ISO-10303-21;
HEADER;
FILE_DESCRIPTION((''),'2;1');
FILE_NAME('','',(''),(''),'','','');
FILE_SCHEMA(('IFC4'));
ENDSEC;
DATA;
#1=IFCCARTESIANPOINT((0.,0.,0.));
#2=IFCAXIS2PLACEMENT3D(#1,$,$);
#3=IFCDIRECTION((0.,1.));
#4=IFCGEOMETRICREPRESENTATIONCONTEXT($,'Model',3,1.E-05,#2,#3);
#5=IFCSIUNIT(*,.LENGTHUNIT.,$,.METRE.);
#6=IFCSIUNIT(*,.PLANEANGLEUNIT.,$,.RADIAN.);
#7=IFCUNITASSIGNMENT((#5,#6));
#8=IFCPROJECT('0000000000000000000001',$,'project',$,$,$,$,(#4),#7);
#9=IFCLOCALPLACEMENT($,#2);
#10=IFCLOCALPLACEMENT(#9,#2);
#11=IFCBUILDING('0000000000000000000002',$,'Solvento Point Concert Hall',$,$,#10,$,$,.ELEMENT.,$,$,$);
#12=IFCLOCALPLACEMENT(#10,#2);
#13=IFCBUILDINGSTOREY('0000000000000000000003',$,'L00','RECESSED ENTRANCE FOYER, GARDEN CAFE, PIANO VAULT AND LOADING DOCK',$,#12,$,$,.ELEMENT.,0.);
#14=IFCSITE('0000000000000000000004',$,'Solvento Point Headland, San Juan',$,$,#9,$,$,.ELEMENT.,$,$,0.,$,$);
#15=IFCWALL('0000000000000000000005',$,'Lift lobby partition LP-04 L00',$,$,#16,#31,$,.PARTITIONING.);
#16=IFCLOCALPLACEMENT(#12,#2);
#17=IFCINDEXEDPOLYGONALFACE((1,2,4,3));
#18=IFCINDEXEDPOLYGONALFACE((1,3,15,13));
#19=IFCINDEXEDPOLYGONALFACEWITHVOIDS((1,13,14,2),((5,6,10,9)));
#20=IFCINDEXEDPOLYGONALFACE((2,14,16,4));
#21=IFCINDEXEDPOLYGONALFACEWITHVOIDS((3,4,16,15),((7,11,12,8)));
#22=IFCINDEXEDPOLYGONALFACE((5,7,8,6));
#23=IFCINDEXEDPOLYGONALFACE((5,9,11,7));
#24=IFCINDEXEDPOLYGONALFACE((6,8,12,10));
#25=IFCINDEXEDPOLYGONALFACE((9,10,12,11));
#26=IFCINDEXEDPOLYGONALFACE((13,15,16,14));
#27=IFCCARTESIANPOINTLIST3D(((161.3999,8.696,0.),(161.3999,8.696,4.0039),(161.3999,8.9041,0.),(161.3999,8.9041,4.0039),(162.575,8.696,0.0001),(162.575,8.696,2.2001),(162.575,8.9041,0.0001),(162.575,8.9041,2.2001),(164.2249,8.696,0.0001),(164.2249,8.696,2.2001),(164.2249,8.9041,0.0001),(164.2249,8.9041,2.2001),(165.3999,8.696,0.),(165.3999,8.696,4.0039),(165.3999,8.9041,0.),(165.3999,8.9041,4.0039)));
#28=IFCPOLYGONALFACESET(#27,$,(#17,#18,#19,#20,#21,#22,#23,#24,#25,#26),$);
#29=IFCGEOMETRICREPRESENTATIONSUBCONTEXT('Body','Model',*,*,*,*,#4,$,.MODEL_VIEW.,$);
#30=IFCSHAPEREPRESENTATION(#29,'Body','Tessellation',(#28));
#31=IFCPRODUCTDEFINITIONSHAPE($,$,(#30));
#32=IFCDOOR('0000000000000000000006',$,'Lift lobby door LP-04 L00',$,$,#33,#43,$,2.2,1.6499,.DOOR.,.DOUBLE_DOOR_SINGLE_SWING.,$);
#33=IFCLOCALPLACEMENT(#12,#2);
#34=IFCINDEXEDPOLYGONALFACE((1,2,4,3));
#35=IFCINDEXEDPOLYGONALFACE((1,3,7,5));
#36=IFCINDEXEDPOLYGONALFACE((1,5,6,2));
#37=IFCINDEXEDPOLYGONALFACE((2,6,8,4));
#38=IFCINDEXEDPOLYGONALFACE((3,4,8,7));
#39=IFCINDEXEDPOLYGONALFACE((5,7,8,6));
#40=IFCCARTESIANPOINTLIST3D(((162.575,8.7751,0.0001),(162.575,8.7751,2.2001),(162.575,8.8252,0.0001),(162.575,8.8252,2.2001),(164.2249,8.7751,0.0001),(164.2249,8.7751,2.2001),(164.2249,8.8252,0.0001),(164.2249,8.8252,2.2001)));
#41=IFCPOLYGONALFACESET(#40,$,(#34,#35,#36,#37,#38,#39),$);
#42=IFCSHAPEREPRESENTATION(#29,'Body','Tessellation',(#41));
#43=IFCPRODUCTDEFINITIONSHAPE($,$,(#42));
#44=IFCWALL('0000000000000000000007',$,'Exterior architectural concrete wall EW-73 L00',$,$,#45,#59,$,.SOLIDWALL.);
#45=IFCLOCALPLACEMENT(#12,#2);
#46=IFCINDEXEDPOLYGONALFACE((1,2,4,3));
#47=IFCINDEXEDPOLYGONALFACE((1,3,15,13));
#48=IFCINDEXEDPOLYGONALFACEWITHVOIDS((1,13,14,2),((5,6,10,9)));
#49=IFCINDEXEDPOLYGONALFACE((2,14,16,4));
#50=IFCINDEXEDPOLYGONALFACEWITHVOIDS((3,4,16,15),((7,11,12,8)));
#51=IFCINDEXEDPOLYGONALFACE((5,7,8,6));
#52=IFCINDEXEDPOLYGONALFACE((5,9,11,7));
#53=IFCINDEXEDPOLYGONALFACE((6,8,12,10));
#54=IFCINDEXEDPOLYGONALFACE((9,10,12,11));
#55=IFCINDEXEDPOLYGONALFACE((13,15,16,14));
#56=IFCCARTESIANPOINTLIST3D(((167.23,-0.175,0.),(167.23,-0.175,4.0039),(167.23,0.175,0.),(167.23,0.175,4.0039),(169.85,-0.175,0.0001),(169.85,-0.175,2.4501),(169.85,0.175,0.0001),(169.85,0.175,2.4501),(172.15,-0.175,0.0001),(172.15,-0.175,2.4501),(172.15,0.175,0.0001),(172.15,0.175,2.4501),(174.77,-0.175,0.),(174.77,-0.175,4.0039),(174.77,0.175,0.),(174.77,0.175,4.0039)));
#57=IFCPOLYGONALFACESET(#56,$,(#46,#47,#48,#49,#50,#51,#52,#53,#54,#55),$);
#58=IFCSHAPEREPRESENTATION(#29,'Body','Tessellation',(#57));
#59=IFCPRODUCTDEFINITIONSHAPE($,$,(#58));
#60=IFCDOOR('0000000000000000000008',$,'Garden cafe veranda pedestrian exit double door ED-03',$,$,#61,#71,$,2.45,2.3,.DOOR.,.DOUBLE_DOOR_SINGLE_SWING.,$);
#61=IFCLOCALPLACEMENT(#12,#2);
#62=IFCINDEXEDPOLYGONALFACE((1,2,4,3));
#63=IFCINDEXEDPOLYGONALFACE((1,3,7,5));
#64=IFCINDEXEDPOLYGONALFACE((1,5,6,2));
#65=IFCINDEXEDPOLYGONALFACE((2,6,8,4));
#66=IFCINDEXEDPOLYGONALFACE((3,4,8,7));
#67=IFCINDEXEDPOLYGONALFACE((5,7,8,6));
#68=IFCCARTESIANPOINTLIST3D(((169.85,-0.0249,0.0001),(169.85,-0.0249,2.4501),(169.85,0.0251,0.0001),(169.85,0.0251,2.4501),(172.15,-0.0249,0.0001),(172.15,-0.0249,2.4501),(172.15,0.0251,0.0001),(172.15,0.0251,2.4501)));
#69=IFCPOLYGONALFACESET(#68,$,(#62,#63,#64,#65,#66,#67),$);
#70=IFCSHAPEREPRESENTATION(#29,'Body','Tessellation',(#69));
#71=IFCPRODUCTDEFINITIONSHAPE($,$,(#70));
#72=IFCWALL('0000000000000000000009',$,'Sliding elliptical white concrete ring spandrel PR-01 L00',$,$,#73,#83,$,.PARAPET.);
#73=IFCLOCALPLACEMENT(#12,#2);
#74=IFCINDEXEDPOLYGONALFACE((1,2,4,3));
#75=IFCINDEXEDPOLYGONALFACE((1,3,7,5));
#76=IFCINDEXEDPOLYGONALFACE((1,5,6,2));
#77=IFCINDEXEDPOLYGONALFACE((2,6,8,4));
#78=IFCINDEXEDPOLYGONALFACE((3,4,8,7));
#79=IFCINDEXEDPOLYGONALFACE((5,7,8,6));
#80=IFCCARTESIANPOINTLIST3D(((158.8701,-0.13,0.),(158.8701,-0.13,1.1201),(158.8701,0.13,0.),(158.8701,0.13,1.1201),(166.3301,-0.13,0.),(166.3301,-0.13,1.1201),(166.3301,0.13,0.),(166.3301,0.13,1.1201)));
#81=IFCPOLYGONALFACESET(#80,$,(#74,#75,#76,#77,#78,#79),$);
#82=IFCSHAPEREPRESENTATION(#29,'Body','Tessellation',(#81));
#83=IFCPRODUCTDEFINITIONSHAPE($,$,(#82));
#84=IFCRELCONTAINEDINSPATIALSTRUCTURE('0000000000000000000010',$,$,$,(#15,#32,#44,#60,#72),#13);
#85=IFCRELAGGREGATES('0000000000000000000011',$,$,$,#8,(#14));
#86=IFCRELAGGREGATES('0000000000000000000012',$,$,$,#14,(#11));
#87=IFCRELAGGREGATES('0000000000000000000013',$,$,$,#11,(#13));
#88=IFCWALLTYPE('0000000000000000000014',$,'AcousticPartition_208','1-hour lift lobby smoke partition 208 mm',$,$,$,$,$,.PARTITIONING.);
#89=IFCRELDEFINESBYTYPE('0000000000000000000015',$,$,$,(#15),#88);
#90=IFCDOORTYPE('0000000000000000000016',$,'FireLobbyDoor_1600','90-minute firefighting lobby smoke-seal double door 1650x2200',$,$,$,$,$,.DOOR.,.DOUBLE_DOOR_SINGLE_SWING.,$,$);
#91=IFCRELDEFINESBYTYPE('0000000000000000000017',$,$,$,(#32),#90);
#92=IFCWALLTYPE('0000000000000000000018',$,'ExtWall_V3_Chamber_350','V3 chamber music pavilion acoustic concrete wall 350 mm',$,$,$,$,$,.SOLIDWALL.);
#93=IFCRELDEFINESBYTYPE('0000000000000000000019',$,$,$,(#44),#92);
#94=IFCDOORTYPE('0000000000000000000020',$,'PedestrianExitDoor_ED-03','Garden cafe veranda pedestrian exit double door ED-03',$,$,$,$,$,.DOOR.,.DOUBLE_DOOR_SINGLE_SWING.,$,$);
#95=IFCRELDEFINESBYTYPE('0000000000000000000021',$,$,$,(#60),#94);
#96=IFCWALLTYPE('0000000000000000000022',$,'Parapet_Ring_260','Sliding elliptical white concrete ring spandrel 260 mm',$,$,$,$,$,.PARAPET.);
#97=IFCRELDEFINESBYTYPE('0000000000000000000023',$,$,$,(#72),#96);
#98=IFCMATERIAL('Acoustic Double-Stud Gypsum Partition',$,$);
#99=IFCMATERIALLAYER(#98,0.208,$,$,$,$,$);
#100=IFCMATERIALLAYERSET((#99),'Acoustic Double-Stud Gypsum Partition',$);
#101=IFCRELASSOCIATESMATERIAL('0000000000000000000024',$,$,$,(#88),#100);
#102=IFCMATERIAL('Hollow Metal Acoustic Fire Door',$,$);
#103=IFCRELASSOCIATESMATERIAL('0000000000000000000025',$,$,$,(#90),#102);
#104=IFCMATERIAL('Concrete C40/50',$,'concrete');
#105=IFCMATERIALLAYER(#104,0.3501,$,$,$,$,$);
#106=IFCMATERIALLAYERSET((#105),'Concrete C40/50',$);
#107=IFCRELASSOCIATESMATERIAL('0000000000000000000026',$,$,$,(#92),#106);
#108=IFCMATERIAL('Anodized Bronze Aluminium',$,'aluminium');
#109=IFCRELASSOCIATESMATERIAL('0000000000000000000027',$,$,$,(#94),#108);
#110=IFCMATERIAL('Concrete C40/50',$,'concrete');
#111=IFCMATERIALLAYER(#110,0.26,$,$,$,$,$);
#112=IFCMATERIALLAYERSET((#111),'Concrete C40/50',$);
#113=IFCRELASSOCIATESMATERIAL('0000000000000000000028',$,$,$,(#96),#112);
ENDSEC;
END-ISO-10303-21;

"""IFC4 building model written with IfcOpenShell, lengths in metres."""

from ifc_helpers import new_model, si_unit, direction, frame, frame_2d, origin, place, context, subcontext, project, spatial, rectangle, extrude, material, layer, layer_set, type_object, element, fill, save


model = new_model("IFC4")

# Units and contexts
model_context = context("Model", 3, precision=1e-05, world=origin(), true_north=direction((0.0, 1.0)))
body_context = subcontext(model_context, "Body", "Model", "MODEL_VIEW")
ifc_project = project(units=[si_unit("LENGTHUNIT", "METRE"), si_unit("PLANEANGLEUNIT", "RADIAN")], contexts=[model_context])

# Site, building, storey
site_placement = place(None, origin())
site = spatial("IfcSite", under=ifc_project, at=site_placement, Name="Solvento Point Headland, San Juan", CompositionType="ELEMENT", RefElevation=0.0)
building_placement = place(site_placement, origin())
building = spatial("IfcBuilding", under=site, at=building_placement, Name="Solvento Point Concert Hall", CompositionType="ELEMENT")
storey_placement = place(building_placement, origin())
storey = spatial("IfcBuildingStorey", under=building, at=storey_placement, Name="L00", Description="RECESSED ENTRANCE FOYER, GARDEN CAFE, PIANO VAULT AND LOADING DOCK", CompositionType="ELEMENT", Elevation=0.0)

# Walls, openings, doors
ifc_material_1 = material(Name="Acoustic Double-Stud Gypsum Partition")
ifc_layer_1 = layer(ifc_material_1, 0.208)
ifc_layer_set_1 = layer_set([ifc_layer_1], Name="Acoustic Double-Stud Gypsum Partition")
wall_type_1 = type_object("IfcWallType", Name="AcousticPartition_208", Description="1-hour lift lobby smoke partition 208 mm", PredefinedType="PARTITIONING", material=ifc_layer_set_1)
wall_1_placement = place(storey_placement, frame((165.3999, 8.8, 0.0), z_axis=(0.0, 0.0, 1.0), x_axis=(-1.0, 0.0, 0.0)))
wall_1 = element("IfcWall", 1, at=wall_1_placement, inside=storey, type_object=wall_type_1, Name="Lift lobby partition LP-04 L00", PredefinedType="PARTITIONING", context=body_context, shape_type="SweptSolid", body=[
    extrude(rectangle(XDim=4.0, YDim=0.208, at=frame_2d((2.0, 0.0))), origin(), (0.0, 0.0, 1.0), 4.0039),
])
opening_1_placement = place(wall_1_placement, frame((1.175, 0.0, 0.0)))
opening_1 = element("IfcOpeningElement", 2, at=opening_1_placement, cuts=wall_1, PredefinedType="OPENING", context=body_context, shape_type="SweptSolid", body=[
    extrude(rectangle(XDim=1.6499, YDim=2.2, at=frame_2d((0.825, 1.1001))), frame((0.0, 0.114, 0.0), z_axis=(0.0, -1.0, 0.0), x_axis=(1.0, 0.0, 0.0)), (0.0, 0.0, 1.0), 0.228),
])
ifc_material_2 = material(Name="Hollow Metal Acoustic Fire Door")
door_type_1 = type_object("IfcDoorType", Name="FireLobbyDoor_1600", Description="90-minute firefighting lobby smoke-seal double door 1650x2200", OperationType="DOUBLE_DOOR_SINGLE_SWING", PredefinedType="DOOR", material=ifc_material_2)
door_1_placement = place(opening_1_placement, origin())
door_1 = element("IfcDoor", 3, at=door_1_placement, inside=storey, type_object=door_type_1, Name="Lift lobby door LP-04 L00", OperationType="DOUBLE_DOOR_SINGLE_SWING", OverallHeight=2.2, OverallWidth=1.6499, PredefinedType="DOOR", context=body_context, shape_type="SweptSolid", body=[
    extrude(rectangle(XDim=1.6499, YDim=2.2, at=frame_2d((0.825, 1.1001))), frame((0.0, 0.0249, 0.0), z_axis=(0.0, -1.0, 0.0), x_axis=(1.0, 0.0, 0.0)), (0.0, 0.0, 1.0), 0.05),
])
fill(opening_1, door_1)
ifc_material_3 = material(Name="Concrete C40/50", Category="concrete")
ifc_layer_2 = layer(ifc_material_3, 0.3501)
ifc_layer_set_2 = layer_set([ifc_layer_2], Name="Concrete C40/50")
wall_type_2 = type_object("IfcWallType", Name="ExtWall_V3_Chamber_350", Description="V3 chamber music pavilion acoustic concrete wall 350 mm", PredefinedType="SOLIDWALL", material=ifc_layer_set_2)
wall_2_placement = place(storey_placement, frame((174.77, 0.0, 0.0), z_axis=(0.0, 0.0, 1.0), x_axis=(-1.0, 0.0, 0.0)))
wall_2 = element("IfcWall", 4, at=wall_2_placement, inside=storey, type_object=wall_type_2, Name="Exterior architectural concrete wall EW-73 L00", PredefinedType="SOLIDWALL", context=body_context, shape_type="SweptSolid", body=[
    extrude(rectangle(XDim=7.54, YDim=0.3501, at=frame_2d((3.77, 0.0))), origin(), (0.0, 0.0, 1.0), 4.0039),
])
opening_2_placement = place(wall_2_placement, frame((2.6201, 0.0, 0.0)))
opening_2 = element("IfcOpeningElement", 5, at=opening_2_placement, cuts=wall_2, PredefinedType="OPENING", context=body_context, shape_type="SweptSolid", body=[
    extrude(rectangle(XDim=2.3, YDim=2.45, at=frame_2d((1.1499, 1.2251))), frame((0.0, 0.1851, 0.0), z_axis=(0.0, -1.0, 0.0), x_axis=(1.0, 0.0, 0.0)), (0.0, 0.0, 1.0), 0.3701),
])
ifc_material_4 = material(Name="Anodized Bronze Aluminium", Category="aluminium")
door_type_2 = type_object("IfcDoorType", Name="PedestrianExitDoor_ED-03", Description="Garden cafe veranda pedestrian exit double door ED-03", OperationType="DOUBLE_DOOR_SINGLE_SWING", PredefinedType="DOOR", material=ifc_material_4)
door_2_placement = place(opening_2_placement, origin())
door_2 = element("IfcDoor", 6, at=door_2_placement, inside=storey, type_object=door_type_2, Name="Garden cafe veranda pedestrian exit double door ED-03", OperationType="DOUBLE_DOOR_SINGLE_SWING", OverallHeight=2.45, OverallWidth=2.3, PredefinedType="DOOR", context=body_context, shape_type="SweptSolid", body=[
    extrude(rectangle(XDim=2.3, YDim=2.45, at=frame_2d((1.1499, 1.2251))), frame((0.0, 0.0249, 0.0), z_axis=(0.0, -1.0, 0.0), x_axis=(1.0, 0.0, 0.0)), (0.0, 0.0, 1.0), 0.05),
])
fill(opening_2, door_2)

# Wall
ifc_material_5 = material(Name="Concrete C40/50", Category="concrete")
ifc_layer_3 = layer(ifc_material_5, 0.26)
ifc_layer_set_3 = layer_set([ifc_layer_3], Name="Concrete C40/50")
wall_type_3 = type_object("IfcWallType", Name="Parapet_Ring_260", Description="Sliding elliptical white concrete ring spandrel 260 mm", PredefinedType="PARAPET", material=ifc_layer_set_3)
wall_3_placement = place(storey_placement, frame((166.3301, 0.0, 0.0), z_axis=(0.0, 0.0, 1.0), x_axis=(-1.0, 0.0, 0.0)))
element("IfcWall", 7, at=wall_3_placement, inside=storey, type_object=wall_type_3, Name="Sliding elliptical white concrete ring spandrel PR-01 L00", PredefinedType="PARAPET", context=body_context, shape_type="SweptSolid", body=[
    extrude(rectangle(XDim=7.46, YDim=0.26, at=frame_2d((3.73, 0.0))), origin(), (0.0, 0.0, 1.0), 1.1201),
])

save(model, "model.ifc")
